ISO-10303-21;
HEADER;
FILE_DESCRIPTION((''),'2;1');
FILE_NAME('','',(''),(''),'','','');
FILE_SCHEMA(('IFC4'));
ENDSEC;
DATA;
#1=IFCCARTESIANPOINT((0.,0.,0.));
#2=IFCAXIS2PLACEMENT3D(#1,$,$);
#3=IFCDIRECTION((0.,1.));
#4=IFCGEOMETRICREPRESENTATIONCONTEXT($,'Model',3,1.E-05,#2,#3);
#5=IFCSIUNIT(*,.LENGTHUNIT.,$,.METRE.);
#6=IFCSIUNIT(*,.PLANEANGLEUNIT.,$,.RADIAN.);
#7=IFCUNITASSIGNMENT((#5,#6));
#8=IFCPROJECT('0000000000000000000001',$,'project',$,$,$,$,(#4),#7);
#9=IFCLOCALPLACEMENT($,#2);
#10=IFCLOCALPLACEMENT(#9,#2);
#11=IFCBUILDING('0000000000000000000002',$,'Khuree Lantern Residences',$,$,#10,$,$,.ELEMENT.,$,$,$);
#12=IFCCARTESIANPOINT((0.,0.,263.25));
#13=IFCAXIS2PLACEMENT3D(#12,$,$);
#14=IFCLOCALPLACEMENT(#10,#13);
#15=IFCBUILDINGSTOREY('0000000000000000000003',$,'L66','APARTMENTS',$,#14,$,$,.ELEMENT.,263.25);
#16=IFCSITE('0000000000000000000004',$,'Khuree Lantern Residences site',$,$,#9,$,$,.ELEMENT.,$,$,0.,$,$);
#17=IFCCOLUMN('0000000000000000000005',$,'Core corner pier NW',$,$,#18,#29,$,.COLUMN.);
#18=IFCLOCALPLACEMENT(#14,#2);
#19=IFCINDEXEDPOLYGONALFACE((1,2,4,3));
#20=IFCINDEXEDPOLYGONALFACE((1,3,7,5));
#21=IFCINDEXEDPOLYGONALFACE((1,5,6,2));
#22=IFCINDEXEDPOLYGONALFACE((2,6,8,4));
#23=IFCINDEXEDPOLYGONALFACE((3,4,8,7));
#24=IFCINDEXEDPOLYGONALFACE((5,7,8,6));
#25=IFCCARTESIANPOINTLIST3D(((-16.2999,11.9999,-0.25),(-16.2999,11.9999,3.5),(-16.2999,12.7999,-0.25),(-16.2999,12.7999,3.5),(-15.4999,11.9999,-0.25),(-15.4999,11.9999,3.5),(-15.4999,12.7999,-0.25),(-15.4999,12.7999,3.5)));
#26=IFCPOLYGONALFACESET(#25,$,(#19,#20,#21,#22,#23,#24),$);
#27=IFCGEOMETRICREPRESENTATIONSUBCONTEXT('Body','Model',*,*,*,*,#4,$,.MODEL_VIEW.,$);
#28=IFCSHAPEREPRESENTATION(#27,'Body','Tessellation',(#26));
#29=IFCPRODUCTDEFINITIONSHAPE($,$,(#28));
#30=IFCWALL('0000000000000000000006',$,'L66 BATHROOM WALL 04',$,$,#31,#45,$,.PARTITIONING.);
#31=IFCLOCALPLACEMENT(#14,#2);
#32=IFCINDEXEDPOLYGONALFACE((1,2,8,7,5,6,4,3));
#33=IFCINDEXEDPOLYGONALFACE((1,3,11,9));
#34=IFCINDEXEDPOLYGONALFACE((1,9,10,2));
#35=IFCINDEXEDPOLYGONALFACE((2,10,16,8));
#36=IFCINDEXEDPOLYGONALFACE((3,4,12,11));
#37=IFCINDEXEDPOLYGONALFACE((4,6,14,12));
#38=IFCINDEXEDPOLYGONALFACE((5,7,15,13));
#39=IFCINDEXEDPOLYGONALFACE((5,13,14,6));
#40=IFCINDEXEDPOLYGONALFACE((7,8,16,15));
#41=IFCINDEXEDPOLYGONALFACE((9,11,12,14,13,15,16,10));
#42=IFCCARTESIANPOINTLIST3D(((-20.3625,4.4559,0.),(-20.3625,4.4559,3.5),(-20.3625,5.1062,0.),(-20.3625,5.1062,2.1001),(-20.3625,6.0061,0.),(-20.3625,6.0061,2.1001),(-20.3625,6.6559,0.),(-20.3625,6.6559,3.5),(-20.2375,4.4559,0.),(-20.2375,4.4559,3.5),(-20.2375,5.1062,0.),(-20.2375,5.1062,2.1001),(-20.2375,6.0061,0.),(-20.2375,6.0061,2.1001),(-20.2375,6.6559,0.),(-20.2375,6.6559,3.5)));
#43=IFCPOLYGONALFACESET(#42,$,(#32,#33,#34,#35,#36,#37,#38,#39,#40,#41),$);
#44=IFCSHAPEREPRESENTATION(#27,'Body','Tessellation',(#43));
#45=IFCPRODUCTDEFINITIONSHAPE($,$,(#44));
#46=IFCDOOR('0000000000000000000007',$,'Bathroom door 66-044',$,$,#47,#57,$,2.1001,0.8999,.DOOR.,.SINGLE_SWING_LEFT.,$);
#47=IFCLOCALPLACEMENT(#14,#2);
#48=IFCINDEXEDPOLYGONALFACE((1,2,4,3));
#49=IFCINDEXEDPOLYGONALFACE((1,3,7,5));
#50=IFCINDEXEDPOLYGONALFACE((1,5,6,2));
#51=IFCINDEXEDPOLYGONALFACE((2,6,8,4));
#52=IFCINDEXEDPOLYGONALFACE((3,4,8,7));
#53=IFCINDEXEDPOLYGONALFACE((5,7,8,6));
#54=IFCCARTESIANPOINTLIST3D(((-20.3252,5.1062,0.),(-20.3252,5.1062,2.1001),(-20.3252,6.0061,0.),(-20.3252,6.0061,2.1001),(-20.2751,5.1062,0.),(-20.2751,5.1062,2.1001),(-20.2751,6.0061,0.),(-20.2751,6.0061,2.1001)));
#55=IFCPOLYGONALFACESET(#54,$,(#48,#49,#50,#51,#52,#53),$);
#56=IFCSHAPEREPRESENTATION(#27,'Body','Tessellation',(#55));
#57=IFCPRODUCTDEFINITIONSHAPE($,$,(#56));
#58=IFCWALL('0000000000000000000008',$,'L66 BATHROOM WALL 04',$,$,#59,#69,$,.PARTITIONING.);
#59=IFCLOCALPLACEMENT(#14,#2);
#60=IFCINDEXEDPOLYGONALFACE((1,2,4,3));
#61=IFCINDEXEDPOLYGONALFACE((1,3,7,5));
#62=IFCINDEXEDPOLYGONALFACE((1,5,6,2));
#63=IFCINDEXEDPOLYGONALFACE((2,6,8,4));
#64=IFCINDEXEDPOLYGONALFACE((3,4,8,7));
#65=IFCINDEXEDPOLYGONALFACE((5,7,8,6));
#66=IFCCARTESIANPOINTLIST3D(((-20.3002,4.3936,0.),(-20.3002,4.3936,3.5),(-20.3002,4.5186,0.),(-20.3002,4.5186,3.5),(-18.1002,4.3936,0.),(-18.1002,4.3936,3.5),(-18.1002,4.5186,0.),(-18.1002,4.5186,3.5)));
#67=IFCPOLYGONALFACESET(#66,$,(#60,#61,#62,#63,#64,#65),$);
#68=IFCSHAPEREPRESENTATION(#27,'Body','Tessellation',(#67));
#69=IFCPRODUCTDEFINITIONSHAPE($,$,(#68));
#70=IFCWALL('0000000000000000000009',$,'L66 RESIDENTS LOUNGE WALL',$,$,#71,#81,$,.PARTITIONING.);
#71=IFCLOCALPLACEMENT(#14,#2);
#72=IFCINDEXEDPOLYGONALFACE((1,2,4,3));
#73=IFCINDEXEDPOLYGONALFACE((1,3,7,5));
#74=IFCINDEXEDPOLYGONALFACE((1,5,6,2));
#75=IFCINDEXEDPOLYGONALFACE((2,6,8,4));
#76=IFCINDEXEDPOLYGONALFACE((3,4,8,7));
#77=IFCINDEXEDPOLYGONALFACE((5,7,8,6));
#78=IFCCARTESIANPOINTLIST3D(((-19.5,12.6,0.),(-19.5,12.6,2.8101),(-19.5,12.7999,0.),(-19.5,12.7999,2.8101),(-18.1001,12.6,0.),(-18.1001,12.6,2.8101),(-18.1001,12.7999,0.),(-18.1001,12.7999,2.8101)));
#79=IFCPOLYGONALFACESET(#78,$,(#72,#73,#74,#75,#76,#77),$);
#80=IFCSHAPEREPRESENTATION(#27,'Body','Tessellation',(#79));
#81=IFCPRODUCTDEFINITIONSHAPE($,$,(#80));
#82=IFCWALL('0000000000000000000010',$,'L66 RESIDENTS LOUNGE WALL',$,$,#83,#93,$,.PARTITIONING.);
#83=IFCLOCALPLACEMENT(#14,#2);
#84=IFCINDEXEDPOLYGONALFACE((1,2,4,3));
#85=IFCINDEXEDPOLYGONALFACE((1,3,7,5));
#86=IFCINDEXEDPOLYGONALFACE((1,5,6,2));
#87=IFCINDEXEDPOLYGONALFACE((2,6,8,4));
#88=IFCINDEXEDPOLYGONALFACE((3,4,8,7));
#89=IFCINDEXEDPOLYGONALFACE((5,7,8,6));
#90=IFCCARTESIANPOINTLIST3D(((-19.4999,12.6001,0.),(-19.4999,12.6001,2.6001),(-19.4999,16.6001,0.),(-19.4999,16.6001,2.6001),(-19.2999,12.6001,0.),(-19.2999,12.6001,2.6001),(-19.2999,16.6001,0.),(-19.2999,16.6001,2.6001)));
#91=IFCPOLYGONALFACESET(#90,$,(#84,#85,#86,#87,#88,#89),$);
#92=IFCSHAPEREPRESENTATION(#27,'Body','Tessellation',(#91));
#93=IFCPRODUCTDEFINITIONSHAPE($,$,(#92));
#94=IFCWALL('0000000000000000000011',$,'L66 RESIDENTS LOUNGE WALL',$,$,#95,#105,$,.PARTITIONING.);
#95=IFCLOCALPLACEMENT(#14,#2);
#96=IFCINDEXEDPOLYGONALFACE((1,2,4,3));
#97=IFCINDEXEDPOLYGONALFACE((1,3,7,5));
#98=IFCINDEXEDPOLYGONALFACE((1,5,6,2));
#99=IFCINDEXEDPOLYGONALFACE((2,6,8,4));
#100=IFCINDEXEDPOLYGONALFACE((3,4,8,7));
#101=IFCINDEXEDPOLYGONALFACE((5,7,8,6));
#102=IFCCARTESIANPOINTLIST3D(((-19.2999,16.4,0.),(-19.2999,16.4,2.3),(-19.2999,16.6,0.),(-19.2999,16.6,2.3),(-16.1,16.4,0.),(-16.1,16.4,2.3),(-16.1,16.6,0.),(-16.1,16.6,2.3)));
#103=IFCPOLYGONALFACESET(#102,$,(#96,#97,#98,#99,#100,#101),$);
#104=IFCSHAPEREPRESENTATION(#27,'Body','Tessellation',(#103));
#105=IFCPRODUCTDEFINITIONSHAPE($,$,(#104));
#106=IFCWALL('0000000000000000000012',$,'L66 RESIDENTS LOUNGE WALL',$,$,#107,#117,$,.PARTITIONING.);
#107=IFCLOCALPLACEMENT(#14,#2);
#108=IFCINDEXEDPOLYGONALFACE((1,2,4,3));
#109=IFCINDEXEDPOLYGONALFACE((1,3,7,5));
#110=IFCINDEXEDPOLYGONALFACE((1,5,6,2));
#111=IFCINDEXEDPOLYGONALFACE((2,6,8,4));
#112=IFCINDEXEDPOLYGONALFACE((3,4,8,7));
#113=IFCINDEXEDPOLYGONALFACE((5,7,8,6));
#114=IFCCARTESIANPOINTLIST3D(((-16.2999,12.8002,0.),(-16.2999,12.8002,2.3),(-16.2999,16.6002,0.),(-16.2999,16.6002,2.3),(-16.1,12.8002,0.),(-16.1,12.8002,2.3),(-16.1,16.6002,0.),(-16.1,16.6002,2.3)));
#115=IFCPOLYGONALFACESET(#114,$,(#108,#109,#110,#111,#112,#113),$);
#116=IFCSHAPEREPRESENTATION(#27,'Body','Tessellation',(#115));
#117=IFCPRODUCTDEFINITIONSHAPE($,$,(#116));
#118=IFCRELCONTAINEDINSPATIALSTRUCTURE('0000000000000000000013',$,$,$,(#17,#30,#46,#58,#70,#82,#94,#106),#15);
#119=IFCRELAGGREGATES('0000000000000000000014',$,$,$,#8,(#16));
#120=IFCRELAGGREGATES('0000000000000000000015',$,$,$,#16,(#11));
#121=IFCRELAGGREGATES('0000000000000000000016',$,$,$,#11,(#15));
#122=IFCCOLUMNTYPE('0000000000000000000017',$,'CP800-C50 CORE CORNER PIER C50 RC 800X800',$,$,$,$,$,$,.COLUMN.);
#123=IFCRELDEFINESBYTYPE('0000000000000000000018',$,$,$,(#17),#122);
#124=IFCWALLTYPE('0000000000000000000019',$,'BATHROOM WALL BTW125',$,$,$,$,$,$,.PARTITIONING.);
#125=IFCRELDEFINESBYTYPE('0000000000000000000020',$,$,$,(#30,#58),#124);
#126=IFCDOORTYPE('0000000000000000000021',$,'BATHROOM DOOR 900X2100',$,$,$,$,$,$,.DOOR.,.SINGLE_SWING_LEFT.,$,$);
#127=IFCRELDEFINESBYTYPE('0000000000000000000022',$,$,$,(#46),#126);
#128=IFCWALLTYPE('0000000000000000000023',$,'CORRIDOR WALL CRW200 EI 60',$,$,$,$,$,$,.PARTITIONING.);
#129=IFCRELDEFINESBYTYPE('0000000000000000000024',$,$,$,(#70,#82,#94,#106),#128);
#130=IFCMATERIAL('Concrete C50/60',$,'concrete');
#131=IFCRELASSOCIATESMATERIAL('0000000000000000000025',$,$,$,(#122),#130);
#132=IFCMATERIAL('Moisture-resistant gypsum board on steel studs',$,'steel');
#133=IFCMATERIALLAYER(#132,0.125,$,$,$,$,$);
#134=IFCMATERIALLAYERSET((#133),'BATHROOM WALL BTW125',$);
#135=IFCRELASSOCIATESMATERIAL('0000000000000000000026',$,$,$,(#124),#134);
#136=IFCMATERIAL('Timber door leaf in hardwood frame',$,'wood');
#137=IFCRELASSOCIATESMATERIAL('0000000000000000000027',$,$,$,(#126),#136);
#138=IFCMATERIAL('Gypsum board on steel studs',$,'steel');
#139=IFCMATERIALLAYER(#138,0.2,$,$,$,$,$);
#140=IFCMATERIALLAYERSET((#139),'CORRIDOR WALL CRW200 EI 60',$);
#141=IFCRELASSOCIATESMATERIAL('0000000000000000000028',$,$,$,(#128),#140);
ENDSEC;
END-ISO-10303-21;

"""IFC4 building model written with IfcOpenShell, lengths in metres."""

from ifc_helpers import new_model, si_unit, direction, frame, frame_2d, origin, origin_2d, place, context, subcontext, project, spatial, rectangle, extrude, material, layer, layer_set, material_profile, profile_set, type_object, element, fill, save


model = new_model("IFC4")

# Units and contexts
model_context = context("Model", 3, precision=1e-05, world=origin(), true_north=direction((0.0, 1.0)))
body_context = subcontext(model_context, "Body", "Model", "MODEL_VIEW")
ifc_project = project(units=[si_unit("LENGTHUNIT", "METRE"), si_unit("PLANEANGLEUNIT", "RADIAN")], contexts=[model_context])

# Site, building, storey
site_placement = place(None, origin())
site = spatial("IfcSite", under=ifc_project, at=site_placement, Name="Khuree Lantern Residences site", CompositionType="ELEMENT", RefElevation=0.0)
building_placement = place(site_placement, origin())
building = spatial("IfcBuilding", under=site, at=building_placement, Name="Khuree Lantern Residences", CompositionType="ELEMENT")
storey_placement = place(building_placement, frame((0.0, 0.0, 263.25)))
storey = spatial("IfcBuildingStorey", under=building, at=storey_placement, Name="L66", Description="APARTMENTS", CompositionType="ELEMENT", Elevation=263.25)

# Column
ifc_material_1 = material(Name="Concrete C50/60", Category="concrete")
ifc_material_profile = material_profile(ifc_material_1, rectangle(XDim=0.8, YDim=0.8, at=origin_2d()), Name="RC 800X800")
ifc_profile_set = profile_set([ifc_material_profile], Name="Concrete C50/60")
column_type = type_object("IfcColumnType", Name="CP800-C50 CORE CORNER PIER C50 RC 800X800", PredefinedType="COLUMN", material=ifc_profile_set)
column_placement = place(storey_placement, frame((-15.8999, 12.3999, -0.25), z_axis=(0.0, 0.0, 1.0), x_axis=(1.0, 0.0, 0.0)))
element("IfcColumn", 1, at=column_placement, inside=storey, type_object=column_type, Name="Core corner pier NW", PredefinedType="COLUMN", context=body_context, shape_type="SweptSolid", body=[
    extrude(rectangle(XDim=0.8, YDim=0.8, at=origin_2d()), origin(), (0.0, 0.0, 1.0), 3.75),
])

# Wall, opening, door
ifc_material_2 = material(Name="Moisture-resistant gypsum board on steel studs", Category="steel")
ifc_layer_1 = layer(ifc_material_2, 0.125)
ifc_layer_set_1 = layer_set([ifc_layer_1], Name="BATHROOM WALL BTW125")
wall_type_1 = type_object("IfcWallType", Name="BATHROOM WALL BTW125", PredefinedType="PARTITIONING", material=ifc_layer_set_1)
wall_1_placement = place(storey_placement, frame((-20.3, 6.656, 0.0), z_axis=(0.0, 0.0, 1.0), x_axis=(0.0, -1.0, 0.0)))
wall_1 = element("IfcWall", 2, at=wall_1_placement, inside=storey, type_object=wall_type_1, Name="L66 BATHROOM WALL 04", PredefinedType="PARTITIONING", context=body_context, shape_type="SweptSolid", body=[
    extrude(rectangle(XDim=2.2, YDim=0.125, at=frame_2d((1.1001, 0.0))), origin(), (0.0, 0.0, 1.0), 3.5),
])
opening_1_placement = place(wall_1_placement, frame((0.6499, 0.0, 0.0)))
opening_1 = element("IfcOpeningElement", 3, at=opening_1_placement, cuts=wall_1, PredefinedType="OPENING", context=body_context, shape_type="SweptSolid", body=[
    extrude(rectangle(XDim=0.8999, YDim=2.1001, at=frame_2d((0.45, 1.05))), frame((0.0, 0.0725, 0.0), z_axis=(0.0, -1.0, 0.0), x_axis=(1.0, 0.0, 0.0)), (0.0, 0.0, 1.0), 0.145),
])
ifc_material_3 = material(Name="Timber door leaf in hardwood frame", Category="wood")
door_type_1 = type_object("IfcDoorType", Name="BATHROOM DOOR 900X2100", OperationType="SINGLE_SWING_LEFT", PredefinedType="DOOR", material=ifc_material_3)
door_1_placement = place(opening_1_placement, origin())
door_1 = element("IfcDoor", 4, at=door_1_placement, inside=storey, type_object=door_type_1, Name="Bathroom door 66-044", OperationType="SINGLE_SWING_LEFT", OverallHeight=2.1001, OverallWidth=0.8999, PredefinedType="DOOR", context=body_context, shape_type="SweptSolid", body=[
    extrude(rectangle(XDim=0.8999, YDim=2.1001, at=frame_2d((0.45, 1.05))), frame((0.0, 0.0249, 0.0), z_axis=(0.0, -1.0, 0.0), x_axis=(1.0, 0.0, 0.0)), (0.0, 0.0, 1.0), 0.05),
])
fill(opening_1, door_1)

# Walls
wall_2_placement = place(storey_placement, frame((-18.1001, 4.4561, 0.0), z_axis=(0.0, 0.0, 1.0), x_axis=(-1.0, 0.0, 0.0)))
element("IfcWall", 5, at=wall_2_placement, inside=storey, type_object=wall_type_1, Name="L66 BATHROOM WALL 04", PredefinedType="PARTITIONING", context=body_context, shape_type="SweptSolid", body=[
    extrude(rectangle(XDim=2.2, YDim=0.125, at=frame_2d((1.1001, 0.0))), origin(), (0.0, 0.0, 1.0), 3.5),
])
ifc_material_4 = material(Name="Gypsum board on steel studs", Category="steel")
ifc_layer_2 = layer(ifc_material_4, 0.2)
ifc_layer_set_2 = layer_set([ifc_layer_2], Name="CORRIDOR WALL CRW200 EI 60")
wall_type_2 = type_object("IfcWallType", Name="CORRIDOR WALL CRW200 EI 60", PredefinedType="PARTITIONING", material=ifc_layer_set_2)
wall_3_placement = place(storey_placement, frame((-18.1001, 12.7, 0.0), z_axis=(0.0, 0.0, 1.0), x_axis=(-1.0, 0.0, 0.0)))
element("IfcWall", 6, at=wall_3_placement, inside=storey, type_object=wall_type_2, Name="L66 RESIDENTS LOUNGE WALL", PredefinedType="PARTITIONING", context=body_context, shape_type="SweptSolid", body=[
    extrude(rectangle(XDim=1.3999, YDim=0.2, at=frame_2d((0.7, 0.0))), origin(), (0.0, 0.0, 1.0), 2.8101),
])
wall_4_placement = place(storey_placement, frame((-19.3999, 12.6001, 0.0), z_axis=(0.0, 0.0, 1.0), x_axis=(0.0, 1.0, 0.0)))
element("IfcWall", 7, at=wall_4_placement, inside=storey, type_object=wall_type_2, Name="L66 RESIDENTS LOUNGE WALL", PredefinedType="PARTITIONING", context=body_context, shape_type="SweptSolid", body=[
    extrude(rectangle(XDim=4.0, YDim=0.2, at=frame_2d((2.0, 0.0))), origin(), (0.0, 0.0, 1.0), 2.6001),
])
wall_5_placement = place(storey_placement, frame((-19.3, 16.5, 0.0), z_axis=(0.0, 0.0, 1.0), x_axis=(1.0, 0.0, 0.0)))
element("IfcWall", 8, at=wall_5_placement, inside=storey, type_object=wall_type_2, Name="L66 RESIDENTS LOUNGE WALL", PredefinedType="PARTITIONING", context=body_context, shape_type="SweptSolid", body=[
    extrude(rectangle(XDim=3.2, YDim=0.2, at=frame_2d((1.6001, 0.0))), origin(), (0.0, 0.0, 1.0), 2.3),
])
wall_6_placement = place(storey_placement, frame((-16.2, 16.6001, 0.0), z_axis=(0.0, 0.0, 1.0), x_axis=(0.0, -1.0, 0.0)))
element("IfcWall", 9, at=wall_6_placement, inside=storey, type_object=wall_type_2, Name="L66 RESIDENTS LOUNGE WALL", PredefinedType="PARTITIONING", context=body_context, shape_type="SweptSolid", body=[
    extrude(rectangle(XDim=3.8, YDim=0.2, at=frame_2d((1.8999, 0.0))), origin(), (0.0, 0.0, 1.0), 2.3),
])

save(model, "model.ifc")
